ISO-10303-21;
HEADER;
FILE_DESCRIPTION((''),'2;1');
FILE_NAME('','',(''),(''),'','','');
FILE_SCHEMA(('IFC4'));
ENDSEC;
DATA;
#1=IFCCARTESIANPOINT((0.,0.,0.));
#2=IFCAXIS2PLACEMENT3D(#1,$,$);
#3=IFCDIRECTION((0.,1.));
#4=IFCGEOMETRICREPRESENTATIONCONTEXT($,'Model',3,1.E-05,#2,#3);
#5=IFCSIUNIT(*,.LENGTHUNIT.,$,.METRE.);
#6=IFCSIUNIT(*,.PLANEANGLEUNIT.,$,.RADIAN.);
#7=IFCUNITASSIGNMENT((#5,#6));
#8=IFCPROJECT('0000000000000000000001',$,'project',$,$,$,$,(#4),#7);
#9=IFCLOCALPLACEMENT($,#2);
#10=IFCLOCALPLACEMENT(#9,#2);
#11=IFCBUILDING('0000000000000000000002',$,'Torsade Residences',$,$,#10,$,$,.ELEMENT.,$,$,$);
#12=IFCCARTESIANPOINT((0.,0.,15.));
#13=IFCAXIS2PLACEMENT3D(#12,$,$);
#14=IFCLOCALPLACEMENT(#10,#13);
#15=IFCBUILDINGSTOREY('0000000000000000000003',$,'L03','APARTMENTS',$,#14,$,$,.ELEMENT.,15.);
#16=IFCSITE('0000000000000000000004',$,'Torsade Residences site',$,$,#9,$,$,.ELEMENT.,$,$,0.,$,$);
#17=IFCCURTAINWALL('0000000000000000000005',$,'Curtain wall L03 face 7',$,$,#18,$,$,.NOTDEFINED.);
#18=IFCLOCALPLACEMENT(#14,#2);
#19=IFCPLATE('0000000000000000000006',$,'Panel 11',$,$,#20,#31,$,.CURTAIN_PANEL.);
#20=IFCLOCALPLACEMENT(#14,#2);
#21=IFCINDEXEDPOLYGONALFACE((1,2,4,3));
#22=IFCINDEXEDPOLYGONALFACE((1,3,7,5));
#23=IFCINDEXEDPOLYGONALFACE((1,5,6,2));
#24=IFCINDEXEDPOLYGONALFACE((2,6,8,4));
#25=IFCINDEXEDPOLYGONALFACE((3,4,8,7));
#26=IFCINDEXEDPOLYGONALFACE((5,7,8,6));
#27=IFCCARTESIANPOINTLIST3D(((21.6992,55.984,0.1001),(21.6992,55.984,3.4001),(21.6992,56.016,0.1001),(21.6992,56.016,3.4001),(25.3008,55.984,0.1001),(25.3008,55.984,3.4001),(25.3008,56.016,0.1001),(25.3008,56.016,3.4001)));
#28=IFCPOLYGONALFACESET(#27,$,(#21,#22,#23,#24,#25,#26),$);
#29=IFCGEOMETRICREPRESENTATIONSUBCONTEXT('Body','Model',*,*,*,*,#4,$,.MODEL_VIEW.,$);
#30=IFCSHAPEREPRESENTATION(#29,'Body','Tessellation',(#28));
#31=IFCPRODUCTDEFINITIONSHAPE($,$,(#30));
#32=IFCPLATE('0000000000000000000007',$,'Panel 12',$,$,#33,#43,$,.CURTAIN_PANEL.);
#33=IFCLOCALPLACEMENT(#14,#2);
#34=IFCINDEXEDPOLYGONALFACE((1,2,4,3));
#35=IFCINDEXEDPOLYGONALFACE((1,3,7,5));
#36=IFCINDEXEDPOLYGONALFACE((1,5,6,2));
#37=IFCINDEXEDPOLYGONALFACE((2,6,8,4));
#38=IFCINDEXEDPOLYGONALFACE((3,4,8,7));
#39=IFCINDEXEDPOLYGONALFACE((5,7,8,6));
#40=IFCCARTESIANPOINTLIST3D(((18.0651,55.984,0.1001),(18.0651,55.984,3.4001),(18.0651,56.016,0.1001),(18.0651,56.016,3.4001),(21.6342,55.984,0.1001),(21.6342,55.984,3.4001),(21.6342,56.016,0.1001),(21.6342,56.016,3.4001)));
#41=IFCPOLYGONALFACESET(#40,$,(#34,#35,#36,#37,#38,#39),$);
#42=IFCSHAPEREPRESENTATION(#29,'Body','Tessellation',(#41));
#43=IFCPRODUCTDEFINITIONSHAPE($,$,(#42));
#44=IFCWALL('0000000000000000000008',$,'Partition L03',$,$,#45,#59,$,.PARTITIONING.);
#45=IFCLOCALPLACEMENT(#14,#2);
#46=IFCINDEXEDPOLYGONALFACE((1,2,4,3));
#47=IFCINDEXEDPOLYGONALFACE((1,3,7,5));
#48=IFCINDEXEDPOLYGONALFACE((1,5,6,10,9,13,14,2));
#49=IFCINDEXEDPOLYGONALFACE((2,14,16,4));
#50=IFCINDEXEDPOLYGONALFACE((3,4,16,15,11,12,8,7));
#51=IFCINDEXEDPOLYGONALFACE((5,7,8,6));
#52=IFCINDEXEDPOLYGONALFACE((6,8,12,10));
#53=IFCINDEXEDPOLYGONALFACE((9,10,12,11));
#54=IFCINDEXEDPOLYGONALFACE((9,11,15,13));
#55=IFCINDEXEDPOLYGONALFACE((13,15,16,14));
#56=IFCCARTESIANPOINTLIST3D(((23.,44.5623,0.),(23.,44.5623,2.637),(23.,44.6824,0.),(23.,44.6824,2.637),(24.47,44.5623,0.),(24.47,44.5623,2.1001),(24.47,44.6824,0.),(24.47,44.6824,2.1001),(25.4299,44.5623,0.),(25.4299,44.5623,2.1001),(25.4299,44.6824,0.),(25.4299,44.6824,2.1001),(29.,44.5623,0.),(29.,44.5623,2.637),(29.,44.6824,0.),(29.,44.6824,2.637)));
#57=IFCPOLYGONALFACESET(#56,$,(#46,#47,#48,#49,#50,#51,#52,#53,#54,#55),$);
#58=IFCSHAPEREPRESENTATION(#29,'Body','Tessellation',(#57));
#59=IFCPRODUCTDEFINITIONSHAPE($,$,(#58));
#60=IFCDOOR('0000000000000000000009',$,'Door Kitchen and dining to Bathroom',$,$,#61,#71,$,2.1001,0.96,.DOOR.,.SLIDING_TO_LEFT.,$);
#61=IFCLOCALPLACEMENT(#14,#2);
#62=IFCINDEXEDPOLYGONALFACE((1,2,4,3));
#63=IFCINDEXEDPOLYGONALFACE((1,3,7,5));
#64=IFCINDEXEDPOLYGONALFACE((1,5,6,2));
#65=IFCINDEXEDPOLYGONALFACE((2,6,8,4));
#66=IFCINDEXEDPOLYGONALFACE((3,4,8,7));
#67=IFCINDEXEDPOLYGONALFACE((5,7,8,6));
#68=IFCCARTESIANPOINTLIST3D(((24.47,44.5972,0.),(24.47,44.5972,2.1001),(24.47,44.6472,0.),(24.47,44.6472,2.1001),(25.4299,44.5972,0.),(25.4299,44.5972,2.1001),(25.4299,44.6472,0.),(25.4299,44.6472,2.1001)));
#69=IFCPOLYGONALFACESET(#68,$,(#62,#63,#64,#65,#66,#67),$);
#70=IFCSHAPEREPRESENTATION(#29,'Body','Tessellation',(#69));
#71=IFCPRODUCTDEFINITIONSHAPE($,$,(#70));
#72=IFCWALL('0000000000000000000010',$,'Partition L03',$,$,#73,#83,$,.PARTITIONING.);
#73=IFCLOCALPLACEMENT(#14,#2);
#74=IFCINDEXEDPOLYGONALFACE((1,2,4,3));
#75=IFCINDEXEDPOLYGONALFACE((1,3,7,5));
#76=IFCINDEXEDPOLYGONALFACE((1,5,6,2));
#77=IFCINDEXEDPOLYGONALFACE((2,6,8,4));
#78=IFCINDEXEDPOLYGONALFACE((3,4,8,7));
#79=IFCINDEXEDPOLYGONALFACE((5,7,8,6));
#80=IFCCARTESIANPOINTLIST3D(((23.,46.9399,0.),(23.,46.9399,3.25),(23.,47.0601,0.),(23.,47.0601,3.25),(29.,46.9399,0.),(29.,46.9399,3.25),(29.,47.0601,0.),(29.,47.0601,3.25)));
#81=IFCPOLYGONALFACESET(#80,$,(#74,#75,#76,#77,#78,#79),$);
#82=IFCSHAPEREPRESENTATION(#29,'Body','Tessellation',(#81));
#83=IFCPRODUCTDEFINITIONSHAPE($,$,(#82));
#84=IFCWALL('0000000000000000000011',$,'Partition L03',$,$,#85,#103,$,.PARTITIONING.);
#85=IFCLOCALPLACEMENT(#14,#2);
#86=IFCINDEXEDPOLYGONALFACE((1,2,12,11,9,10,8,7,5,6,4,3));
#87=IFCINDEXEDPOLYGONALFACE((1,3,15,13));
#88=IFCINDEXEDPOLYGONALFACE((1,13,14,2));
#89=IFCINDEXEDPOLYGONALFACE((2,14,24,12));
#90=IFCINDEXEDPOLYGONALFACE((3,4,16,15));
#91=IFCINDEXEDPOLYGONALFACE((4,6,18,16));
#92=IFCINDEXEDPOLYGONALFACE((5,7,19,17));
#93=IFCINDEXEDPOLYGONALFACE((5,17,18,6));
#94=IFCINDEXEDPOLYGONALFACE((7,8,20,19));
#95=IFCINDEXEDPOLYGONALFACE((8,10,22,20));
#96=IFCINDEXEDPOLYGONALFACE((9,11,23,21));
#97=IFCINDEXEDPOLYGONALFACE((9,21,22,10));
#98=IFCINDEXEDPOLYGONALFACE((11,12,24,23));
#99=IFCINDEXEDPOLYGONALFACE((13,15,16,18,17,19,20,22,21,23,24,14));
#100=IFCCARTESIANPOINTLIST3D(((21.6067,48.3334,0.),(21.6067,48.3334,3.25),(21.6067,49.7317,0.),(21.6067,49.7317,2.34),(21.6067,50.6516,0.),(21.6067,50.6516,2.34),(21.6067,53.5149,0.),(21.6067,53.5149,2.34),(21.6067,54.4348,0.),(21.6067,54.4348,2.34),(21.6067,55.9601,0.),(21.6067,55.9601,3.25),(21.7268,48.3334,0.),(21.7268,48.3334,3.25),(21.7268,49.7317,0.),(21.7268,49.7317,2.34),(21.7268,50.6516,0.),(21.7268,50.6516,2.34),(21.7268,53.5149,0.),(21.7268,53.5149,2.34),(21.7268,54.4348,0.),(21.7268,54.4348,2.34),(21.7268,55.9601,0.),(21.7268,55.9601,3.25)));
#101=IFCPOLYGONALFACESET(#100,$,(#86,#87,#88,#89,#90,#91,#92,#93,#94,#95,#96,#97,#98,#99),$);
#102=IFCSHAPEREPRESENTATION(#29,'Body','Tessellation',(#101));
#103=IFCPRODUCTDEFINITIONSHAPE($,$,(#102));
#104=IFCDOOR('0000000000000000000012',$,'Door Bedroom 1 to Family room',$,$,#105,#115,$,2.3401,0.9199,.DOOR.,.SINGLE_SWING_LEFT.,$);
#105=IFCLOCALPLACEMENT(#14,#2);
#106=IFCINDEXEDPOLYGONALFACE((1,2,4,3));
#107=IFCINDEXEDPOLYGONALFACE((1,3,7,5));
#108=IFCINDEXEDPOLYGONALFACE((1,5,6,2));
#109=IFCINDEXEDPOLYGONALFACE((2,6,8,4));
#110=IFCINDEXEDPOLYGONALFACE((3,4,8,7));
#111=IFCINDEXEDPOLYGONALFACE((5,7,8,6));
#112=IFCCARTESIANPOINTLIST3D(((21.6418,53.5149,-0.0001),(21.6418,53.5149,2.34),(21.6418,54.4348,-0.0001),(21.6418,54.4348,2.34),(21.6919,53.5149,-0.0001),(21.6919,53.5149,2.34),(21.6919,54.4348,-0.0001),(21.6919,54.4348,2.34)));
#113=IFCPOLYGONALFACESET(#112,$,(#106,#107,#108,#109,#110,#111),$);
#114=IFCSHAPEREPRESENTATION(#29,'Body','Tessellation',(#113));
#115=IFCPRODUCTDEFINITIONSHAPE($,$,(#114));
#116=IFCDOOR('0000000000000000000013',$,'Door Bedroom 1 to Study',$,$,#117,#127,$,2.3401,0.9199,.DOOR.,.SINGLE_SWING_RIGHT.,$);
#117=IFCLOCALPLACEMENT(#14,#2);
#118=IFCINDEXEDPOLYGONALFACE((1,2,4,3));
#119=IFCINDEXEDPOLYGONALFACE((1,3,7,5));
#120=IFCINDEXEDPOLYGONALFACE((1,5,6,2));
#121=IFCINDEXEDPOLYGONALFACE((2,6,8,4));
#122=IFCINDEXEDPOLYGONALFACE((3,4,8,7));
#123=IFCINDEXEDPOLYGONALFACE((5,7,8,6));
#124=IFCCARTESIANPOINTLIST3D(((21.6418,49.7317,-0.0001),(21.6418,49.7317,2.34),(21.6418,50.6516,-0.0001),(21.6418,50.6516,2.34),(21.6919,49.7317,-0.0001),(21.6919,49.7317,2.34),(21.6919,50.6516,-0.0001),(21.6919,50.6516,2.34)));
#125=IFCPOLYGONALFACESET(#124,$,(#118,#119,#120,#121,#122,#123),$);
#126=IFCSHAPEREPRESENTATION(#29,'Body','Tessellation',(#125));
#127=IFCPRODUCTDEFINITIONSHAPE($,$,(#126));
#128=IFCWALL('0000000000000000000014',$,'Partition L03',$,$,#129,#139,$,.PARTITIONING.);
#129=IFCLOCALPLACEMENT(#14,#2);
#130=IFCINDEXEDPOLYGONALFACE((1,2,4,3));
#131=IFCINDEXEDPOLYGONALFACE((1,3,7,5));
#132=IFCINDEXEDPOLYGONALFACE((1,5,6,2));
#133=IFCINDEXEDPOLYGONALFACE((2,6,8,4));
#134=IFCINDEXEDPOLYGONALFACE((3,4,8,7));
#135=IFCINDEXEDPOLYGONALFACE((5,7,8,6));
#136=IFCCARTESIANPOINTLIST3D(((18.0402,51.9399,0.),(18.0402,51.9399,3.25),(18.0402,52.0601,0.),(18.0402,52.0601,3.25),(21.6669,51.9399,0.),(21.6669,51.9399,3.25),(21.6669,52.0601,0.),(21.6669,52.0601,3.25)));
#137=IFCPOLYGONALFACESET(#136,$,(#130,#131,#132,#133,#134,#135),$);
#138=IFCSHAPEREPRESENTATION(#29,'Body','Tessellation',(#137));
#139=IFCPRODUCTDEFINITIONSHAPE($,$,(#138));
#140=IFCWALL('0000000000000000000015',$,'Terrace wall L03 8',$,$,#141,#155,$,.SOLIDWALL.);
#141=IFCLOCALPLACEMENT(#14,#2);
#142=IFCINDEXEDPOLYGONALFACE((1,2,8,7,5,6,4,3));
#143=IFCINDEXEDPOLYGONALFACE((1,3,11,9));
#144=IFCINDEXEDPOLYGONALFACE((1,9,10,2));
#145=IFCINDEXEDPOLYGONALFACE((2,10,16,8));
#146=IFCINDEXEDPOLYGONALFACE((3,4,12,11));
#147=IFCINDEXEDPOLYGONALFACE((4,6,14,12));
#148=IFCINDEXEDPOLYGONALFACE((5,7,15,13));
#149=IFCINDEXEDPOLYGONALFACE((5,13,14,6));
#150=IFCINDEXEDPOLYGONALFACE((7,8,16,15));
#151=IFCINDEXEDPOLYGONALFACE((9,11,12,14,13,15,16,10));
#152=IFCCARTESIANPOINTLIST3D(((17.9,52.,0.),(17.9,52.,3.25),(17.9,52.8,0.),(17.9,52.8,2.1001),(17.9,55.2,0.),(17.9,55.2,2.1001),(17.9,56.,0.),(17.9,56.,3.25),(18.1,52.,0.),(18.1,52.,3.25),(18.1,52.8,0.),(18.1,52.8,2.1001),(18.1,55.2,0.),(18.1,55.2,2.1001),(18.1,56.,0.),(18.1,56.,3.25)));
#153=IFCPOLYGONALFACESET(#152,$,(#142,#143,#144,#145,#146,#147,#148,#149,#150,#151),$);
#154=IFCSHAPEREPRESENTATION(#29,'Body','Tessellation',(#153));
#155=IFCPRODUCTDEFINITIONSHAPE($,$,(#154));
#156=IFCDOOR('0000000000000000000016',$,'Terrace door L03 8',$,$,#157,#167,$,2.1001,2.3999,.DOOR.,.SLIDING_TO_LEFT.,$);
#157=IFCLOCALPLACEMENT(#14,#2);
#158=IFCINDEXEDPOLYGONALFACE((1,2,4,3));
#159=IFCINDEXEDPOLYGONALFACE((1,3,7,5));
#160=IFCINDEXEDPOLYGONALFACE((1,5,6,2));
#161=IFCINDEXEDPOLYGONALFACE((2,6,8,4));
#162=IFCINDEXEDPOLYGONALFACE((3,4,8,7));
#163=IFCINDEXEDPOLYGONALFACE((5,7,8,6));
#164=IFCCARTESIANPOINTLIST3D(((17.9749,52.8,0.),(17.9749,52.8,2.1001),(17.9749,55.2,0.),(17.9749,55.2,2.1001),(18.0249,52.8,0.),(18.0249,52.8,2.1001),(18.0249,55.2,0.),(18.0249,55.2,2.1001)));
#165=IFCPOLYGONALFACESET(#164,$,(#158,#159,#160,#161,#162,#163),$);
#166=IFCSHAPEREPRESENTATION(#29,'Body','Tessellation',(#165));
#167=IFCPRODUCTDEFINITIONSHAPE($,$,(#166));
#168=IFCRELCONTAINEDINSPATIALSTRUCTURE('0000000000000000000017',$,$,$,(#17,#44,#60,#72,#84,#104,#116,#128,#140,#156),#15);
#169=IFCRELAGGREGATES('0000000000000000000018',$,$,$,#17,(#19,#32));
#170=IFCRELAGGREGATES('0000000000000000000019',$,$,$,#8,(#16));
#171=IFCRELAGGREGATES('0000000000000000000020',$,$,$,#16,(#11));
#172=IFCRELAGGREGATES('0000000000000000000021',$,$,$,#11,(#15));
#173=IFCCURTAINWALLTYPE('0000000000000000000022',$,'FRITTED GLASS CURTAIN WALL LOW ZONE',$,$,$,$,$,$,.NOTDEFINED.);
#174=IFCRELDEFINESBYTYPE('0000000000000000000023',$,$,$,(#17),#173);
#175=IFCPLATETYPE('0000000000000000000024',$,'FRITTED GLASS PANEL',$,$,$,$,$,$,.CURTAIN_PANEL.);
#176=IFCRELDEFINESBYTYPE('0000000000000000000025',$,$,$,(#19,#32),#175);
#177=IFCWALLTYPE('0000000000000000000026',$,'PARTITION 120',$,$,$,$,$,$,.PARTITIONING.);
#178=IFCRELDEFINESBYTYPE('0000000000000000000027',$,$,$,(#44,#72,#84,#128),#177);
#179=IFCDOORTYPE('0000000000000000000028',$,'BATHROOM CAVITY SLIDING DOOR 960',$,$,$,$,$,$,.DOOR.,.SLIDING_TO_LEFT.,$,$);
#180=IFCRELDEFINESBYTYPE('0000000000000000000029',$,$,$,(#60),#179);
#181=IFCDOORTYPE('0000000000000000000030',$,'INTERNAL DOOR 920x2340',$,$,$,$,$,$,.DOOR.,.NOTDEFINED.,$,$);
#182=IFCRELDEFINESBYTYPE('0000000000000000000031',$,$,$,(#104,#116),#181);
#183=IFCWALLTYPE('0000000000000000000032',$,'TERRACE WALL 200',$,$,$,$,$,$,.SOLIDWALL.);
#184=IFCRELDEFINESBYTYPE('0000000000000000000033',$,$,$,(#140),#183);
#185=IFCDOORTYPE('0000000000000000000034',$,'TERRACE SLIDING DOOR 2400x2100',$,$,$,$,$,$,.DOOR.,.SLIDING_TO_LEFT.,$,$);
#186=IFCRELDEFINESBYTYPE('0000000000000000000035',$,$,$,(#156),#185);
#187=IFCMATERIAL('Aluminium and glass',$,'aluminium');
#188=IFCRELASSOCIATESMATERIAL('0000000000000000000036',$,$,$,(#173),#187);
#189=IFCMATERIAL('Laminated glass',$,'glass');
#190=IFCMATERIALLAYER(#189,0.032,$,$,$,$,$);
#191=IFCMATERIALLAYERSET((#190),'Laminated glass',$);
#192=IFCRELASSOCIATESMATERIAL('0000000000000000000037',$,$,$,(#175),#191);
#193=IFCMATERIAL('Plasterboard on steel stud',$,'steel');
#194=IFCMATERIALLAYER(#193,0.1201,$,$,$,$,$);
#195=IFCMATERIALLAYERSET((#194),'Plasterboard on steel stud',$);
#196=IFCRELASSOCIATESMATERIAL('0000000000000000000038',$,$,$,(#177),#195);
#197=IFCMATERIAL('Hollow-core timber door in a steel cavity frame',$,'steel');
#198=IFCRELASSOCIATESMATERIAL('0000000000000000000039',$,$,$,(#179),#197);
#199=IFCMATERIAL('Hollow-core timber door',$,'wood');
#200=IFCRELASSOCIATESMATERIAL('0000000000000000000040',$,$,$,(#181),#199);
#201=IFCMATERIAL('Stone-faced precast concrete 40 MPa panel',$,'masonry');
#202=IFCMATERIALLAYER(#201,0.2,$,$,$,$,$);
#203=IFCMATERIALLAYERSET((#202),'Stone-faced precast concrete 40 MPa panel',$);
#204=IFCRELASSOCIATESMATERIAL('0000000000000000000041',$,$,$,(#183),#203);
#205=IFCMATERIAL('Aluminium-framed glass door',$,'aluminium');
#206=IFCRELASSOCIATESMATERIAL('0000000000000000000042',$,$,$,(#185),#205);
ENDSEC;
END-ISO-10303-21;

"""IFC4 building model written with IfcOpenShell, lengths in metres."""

from ifc_helpers import new_model, si_unit, direction, frame, frame_2d, origin, origin_2d, place, context, subcontext, project, spatial, rectangle, extrude, material, layer, layer_set, type_object, element, fill, aggregate, save


model = new_model("IFC4")

# Units and contexts
model_context = context("Model", 3, precision=1e-05, world=origin(), true_north=direction((0.0, 1.0)))
body_context = subcontext(model_context, "Body", "Model", "MODEL_VIEW")
ifc_project = project(units=[si_unit("LENGTHUNIT", "METRE"), si_unit("PLANEANGLEUNIT", "RADIAN")], contexts=[model_context])

# Site, building, storey
site_placement = place(None, origin())
site = spatial("IfcSite", under=ifc_project, at=site_placement, Name="Torsade Residences site", CompositionType="ELEMENT", RefElevation=0.0)
building_placement = place(site_placement, origin())
building = spatial("IfcBuilding", under=site, at=building_placement, Name="Torsade Residences", CompositionType="ELEMENT")
storey_placement = place(building_placement, frame((0.0, 0.0, 15.0)))
storey = spatial("IfcBuildingStorey", under=building, at=storey_placement, Name="L03", Description="APARTMENTS", CompositionType="ELEMENT", Elevation=15.0)

# Curtain wall
ifc_material_1 = material(Name="Aluminium and glass", Category="aluminium")
curtain_wall_type = type_object("IfcCurtainWallType", Name="FRITTED GLASS CURTAIN WALL LOW ZONE", PredefinedType="NOTDEFINED", material=ifc_material_1)
curtain_wall_placement = place(storey_placement, origin())
curtain_wall = element("IfcCurtainWall", 1, at=curtain_wall_placement, inside=storey, type_object=curtain_wall_type, Name="Curtain wall L03 face 7", PredefinedType="NOTDEFINED")

# Plates
ifc_material_2 = material(Name="Laminated glass", Category="glass")
ifc_layer_1 = layer(ifc_material_2, 0.032)
ifc_layer_set_1 = layer_set([ifc_layer_1], Name="Laminated glass")
plate_type = type_object("IfcPlateType", Name="FRITTED GLASS PANEL", PredefinedType="CURTAIN_PANEL", material=ifc_layer_set_1)
plate_1_placement = place(storey_placement, frame((23.5, 56.0, 0.1001), z_axis=(0.0, 0.0, 1.0), x_axis=(-1.0, 0.0, 0.0)))
plate_1 = element("IfcPlate", 2, at=plate_1_placement, type_object=plate_type, Name="Panel 11", PredefinedType="CURTAIN_PANEL", context=body_context, shape_type="SweptSolid", body=[
    extrude(rectangle(XDim=3.6016, YDim=0.032, at=origin_2d()), origin(), (0.0, 0.0, 1.0), 3.3),
])
plate_2_placement = place(storey_placement, frame((19.8496, 56.0, 0.1001), z_axis=(0.0, 0.0, 1.0), x_axis=(-1.0, 0.0, 0.0)))
plate_2 = element("IfcPlate", 3, at=plate_2_placement, type_object=plate_type, Name="Panel 12", PredefinedType="CURTAIN_PANEL", context=body_context, shape_type="SweptSolid", body=[
    extrude(rectangle(XDim=3.5691, YDim=0.032, at=origin_2d()), origin(), (0.0, 0.0, 1.0), 3.3),
])
aggregate(curtain_wall, [plate_1, plate_2])

# Wall, opening, door
ifc_material_3 = material(Name="Plasterboard on steel stud", Category="steel")
ifc_layer_2 = layer(ifc_material_3, 0.1201)
ifc_layer_set_2 = layer_set([ifc_layer_2], Name="Plasterboard on steel stud")
wall_type_1 = type_object("IfcWallType", Name="PARTITION 120", PredefinedType="PARTITIONING", material=ifc_layer_set_2)
wall_1_placement = place(storey_placement, frame((23.0, 44.6223, 0.0), z_axis=(0.0, 0.0, 1.0), x_axis=(1.0, 0.0, 0.0)))
wall_1 = element("IfcWall", 4, at=wall_1_placement, inside=storey, type_object=wall_type_1, Name="Partition L03", PredefinedType="PARTITIONING", context=body_context, shape_type="SweptSolid", body=[
    extrude(rectangle(XDim=6.0, YDim=0.1201, at=frame_2d((3.0, 0.0))), origin(), (0.0, 0.0, 1.0), 2.637),
])
opening_1_placement = place(wall_1_placement, frame((1.47, 0.0, 0.0)))
opening_1 = element("IfcOpeningElement", 5, at=opening_1_placement, cuts=wall_1, PredefinedType="OPENING", context=body_context, shape_type="SweptSolid", body=[
    extrude(rectangle(XDim=0.96, YDim=2.1001, at=frame_2d((0.48, 1.05))), frame((0.0, 0.0701, 0.0), z_axis=(0.0, -1.0, 0.0), x_axis=(1.0, 0.0, 0.0)), (0.0, 0.0, 1.0), 0.1401),
])
ifc_material_4 = material(Name="Hollow-core timber door in a steel cavity frame", Category="steel")
door_type_1 = type_object("IfcDoorType", Name="BATHROOM CAVITY SLIDING DOOR 960", OperationType="SLIDING_TO_LEFT", PredefinedType="DOOR", material=ifc_material_4)
door_1_placement = place(opening_1_placement, origin())
door_1 = element("IfcDoor", 6, at=door_1_placement, inside=storey, type_object=door_type_1, Name="Door Kitchen and dining to Bathroom", OperationType="SLIDING_TO_LEFT", OverallHeight=2.1001, OverallWidth=0.96, PredefinedType="DOOR", context=body_context, shape_type="SweptSolid", body=[
    extrude(rectangle(XDim=0.96, YDim=2.1001, at=frame_2d((0.48, 1.05))), frame((0.0, 0.0249, 0.0), z_axis=(0.0, -1.0, 0.0), x_axis=(1.0, 0.0, 0.0)), (0.0, 0.0, 1.0), 0.05),
])
fill(opening_1, door_1)

# Wall
wall_2_placement = place(storey_placement, frame((23.0, 47.0, 0.0), z_axis=(0.0, 0.0, 1.0), x_axis=(1.0, 0.0, 0.0)))
element("IfcWall", 7, at=wall_2_placement, inside=storey, type_object=wall_type_1, Name="Partition L03", PredefinedType="PARTITIONING", context=body_context, shape_type="SweptSolid", body=[
    extrude(rectangle(XDim=6.0, YDim=0.1201, at=frame_2d((3.0, 0.0))), origin(), (0.0, 0.0, 1.0), 3.25),
])

# Wall, openings, doors
wall_3_placement = place(storey_placement, frame((21.6667, 48.3333, 0.0), z_axis=(0.0, 0.0, 1.0), x_axis=(0.0, 1.0, 0.0)))
wall_3 = element("IfcWall", 8, at=wall_3_placement, inside=storey, type_object=wall_type_1, Name="Partition L03", PredefinedType="PARTITIONING", context=body_context, shape_type="SweptSolid", body=[
    extrude(rectangle(XDim=7.6267, YDim=0.1201, at=frame_2d((3.8135, 0.0))), origin(), (0.0, 0.0, 1.0), 3.25),
])
opening_2_placement = place(wall_3_placement, frame((5.1816, 0.0, 0.0)))
opening_2 = element("IfcOpeningElement", 9, at=opening_2_placement, cuts=wall_3, PredefinedType="OPENING", context=body_context, shape_type="SweptSolid", body=[
    extrude(rectangle(XDim=0.9199, YDim=2.3401, at=frame_2d((0.46, 1.1699))), frame((0.0, 0.0701, 0.0), z_axis=(0.0, -1.0, 0.0), x_axis=(1.0, 0.0, 0.0)), (0.0, 0.0, 1.0), 0.1401),
])
opening_3_placement = place(wall_3_placement, frame((1.3984, 0.0, 0.0)))
opening_3 = element("IfcOpeningElement", 10, at=opening_3_placement, cuts=wall_3, PredefinedType="OPENING", context=body_context, shape_type="SweptSolid", body=[
    extrude(rectangle(XDim=0.9199, YDim=2.3401, at=frame_2d((0.46, 1.1699))), frame((0.0, 0.0701, 0.0), z_axis=(0.0, -1.0, 0.0), x_axis=(1.0, 0.0, 0.0)), (0.0, 0.0, 1.0), 0.1401),
])
ifc_material_5 = material(Name="Hollow-core timber door", Category="wood")
door_type_2 = type_object("IfcDoorType", Name="INTERNAL DOOR 920x2340", OperationType="NOTDEFINED", PredefinedType="DOOR", material=ifc_material_5)
door_2_placement = place(opening_2_placement, origin())
door_2 = element("IfcDoor", 11, at=door_2_placement, inside=storey, type_object=door_type_2, Name="Door Bedroom 1 to Family room", OperationType="SINGLE_SWING_LEFT", OverallHeight=2.3401, OverallWidth=0.9199, PredefinedType="DOOR", context=body_context, shape_type="SweptSolid", body=[
    extrude(rectangle(XDim=0.9199, YDim=2.3401, at=frame_2d((0.46, 1.1699))), frame((0.0, 0.0249, 0.0), z_axis=(0.0, -1.0, 0.0), x_axis=(1.0, 0.0, 0.0)), (0.0, 0.0, 1.0), 0.05),
])
fill(opening_2, door_2)
door_3_placement = place(opening_3_placement, origin())
door_3 = element("IfcDoor", 12, at=door_3_placement, inside=storey, type_object=door_type_2, Name="Door Bedroom 1 to Study", OperationType="SINGLE_SWING_RIGHT", OverallHeight=2.3401, OverallWidth=0.9199, PredefinedType="DOOR", context=body_context, shape_type="SweptSolid", body=[
    extrude(rectangle(XDim=0.9199, YDim=2.3401, at=frame_2d((0.46, 1.1699))), frame((0.0, 0.0249, 0.0), z_axis=(0.0, -1.0, 0.0), x_axis=(1.0, 0.0, 0.0)), (0.0, 0.0, 1.0), 0.05),
])
fill(opening_3, door_3)

# Wall
wall_4_placement = place(storey_placement, frame((18.04, 52.0, 0.0), z_axis=(0.0, 0.0, 1.0), x_axis=(1.0, 0.0, 0.0)))
element("IfcWall", 13, at=wall_4_placement, inside=storey, type_object=wall_type_1, Name="Partition L03", PredefinedType="PARTITIONING", context=body_context, shape_type="SweptSolid", body=[
    extrude(rectangle(XDim=3.6267, YDim=0.1201, at=frame_2d((1.8135, 0.0))), origin(), (0.0, 0.0, 1.0), 3.25),
])

# Wall, opening, door
ifc_material_6 = material(Name="Stone-faced precast concrete 40 MPa panel", Category="masonry")
ifc_layer_3 = layer(ifc_material_6, 0.2)
ifc_layer_set_3 = layer_set([ifc_layer_3], Name="Stone-faced precast concrete 40 MPa panel")
wall_type_2 = type_object("IfcWallType", Name="TERRACE WALL 200", PredefinedType="SOLIDWALL", material=ifc_layer_set_3)
wall_5_placement = place(storey_placement, frame((18.0, 56.0, 0.0), z_axis=(0.0, 0.0, 1.0), x_axis=(0.0, -1.0, 0.0)))
wall_5 = element("IfcWall", 14, at=wall_5_placement, inside=storey, type_object=wall_type_2, Name="Terrace wall L03 8", PredefinedType="SOLIDWALL", context=body_context, shape_type="SweptSolid", body=[
    extrude(rectangle(XDim=4.0, YDim=0.2, at=frame_2d((2.0, 0.0))), origin(), (0.0, 0.0, 1.0), 3.25),
])
opening_4_placement = place(wall_5_placement, frame((0.8, 0.0, 0.0)))
opening_4 = element("IfcOpeningElement", 15, at=opening_4_placement, cuts=wall_5, PredefinedType="OPENING", context=body_context, shape_type="SweptSolid", body=[
    extrude(rectangle(XDim=2.3999, YDim=2.1001, at=frame_2d((1.2, 1.05))), frame((0.0, 0.1099, 0.0), z_axis=(0.0, -1.0, 0.0), x_axis=(1.0, 0.0, 0.0)), (0.0, 0.0, 1.0), 0.22),
])
ifc_material_7 = material(Name="Aluminium-framed glass door", Category="aluminium")
door_type_3 = type_object("IfcDoorType", Name="TERRACE SLIDING DOOR 2400x2100", OperationType="SLIDING_TO_LEFT", PredefinedType="DOOR", material=ifc_material_7)
door_4_placement = place(opening_4_placement, origin())
door_4 = element("IfcDoor", 16, at=door_4_placement, inside=storey, type_object=door_type_3, Name="Terrace door L03 8", OperationType="SLIDING_TO_LEFT", OverallHeight=2.1001, OverallWidth=2.3999, PredefinedType="DOOR", context=body_context, shape_type="SweptSolid", body=[
    extrude(rectangle(XDim=2.3999, YDim=2.1001, at=frame_2d((1.2, 1.05))), frame((0.0, 0.0249, 0.0), z_axis=(0.0, -1.0, 0.0), x_axis=(1.0, 0.0, 0.0)), (0.0, 0.0, 1.0), 0.05),
])
fill(opening_4, door_4)

save(model, "model.ifc")
